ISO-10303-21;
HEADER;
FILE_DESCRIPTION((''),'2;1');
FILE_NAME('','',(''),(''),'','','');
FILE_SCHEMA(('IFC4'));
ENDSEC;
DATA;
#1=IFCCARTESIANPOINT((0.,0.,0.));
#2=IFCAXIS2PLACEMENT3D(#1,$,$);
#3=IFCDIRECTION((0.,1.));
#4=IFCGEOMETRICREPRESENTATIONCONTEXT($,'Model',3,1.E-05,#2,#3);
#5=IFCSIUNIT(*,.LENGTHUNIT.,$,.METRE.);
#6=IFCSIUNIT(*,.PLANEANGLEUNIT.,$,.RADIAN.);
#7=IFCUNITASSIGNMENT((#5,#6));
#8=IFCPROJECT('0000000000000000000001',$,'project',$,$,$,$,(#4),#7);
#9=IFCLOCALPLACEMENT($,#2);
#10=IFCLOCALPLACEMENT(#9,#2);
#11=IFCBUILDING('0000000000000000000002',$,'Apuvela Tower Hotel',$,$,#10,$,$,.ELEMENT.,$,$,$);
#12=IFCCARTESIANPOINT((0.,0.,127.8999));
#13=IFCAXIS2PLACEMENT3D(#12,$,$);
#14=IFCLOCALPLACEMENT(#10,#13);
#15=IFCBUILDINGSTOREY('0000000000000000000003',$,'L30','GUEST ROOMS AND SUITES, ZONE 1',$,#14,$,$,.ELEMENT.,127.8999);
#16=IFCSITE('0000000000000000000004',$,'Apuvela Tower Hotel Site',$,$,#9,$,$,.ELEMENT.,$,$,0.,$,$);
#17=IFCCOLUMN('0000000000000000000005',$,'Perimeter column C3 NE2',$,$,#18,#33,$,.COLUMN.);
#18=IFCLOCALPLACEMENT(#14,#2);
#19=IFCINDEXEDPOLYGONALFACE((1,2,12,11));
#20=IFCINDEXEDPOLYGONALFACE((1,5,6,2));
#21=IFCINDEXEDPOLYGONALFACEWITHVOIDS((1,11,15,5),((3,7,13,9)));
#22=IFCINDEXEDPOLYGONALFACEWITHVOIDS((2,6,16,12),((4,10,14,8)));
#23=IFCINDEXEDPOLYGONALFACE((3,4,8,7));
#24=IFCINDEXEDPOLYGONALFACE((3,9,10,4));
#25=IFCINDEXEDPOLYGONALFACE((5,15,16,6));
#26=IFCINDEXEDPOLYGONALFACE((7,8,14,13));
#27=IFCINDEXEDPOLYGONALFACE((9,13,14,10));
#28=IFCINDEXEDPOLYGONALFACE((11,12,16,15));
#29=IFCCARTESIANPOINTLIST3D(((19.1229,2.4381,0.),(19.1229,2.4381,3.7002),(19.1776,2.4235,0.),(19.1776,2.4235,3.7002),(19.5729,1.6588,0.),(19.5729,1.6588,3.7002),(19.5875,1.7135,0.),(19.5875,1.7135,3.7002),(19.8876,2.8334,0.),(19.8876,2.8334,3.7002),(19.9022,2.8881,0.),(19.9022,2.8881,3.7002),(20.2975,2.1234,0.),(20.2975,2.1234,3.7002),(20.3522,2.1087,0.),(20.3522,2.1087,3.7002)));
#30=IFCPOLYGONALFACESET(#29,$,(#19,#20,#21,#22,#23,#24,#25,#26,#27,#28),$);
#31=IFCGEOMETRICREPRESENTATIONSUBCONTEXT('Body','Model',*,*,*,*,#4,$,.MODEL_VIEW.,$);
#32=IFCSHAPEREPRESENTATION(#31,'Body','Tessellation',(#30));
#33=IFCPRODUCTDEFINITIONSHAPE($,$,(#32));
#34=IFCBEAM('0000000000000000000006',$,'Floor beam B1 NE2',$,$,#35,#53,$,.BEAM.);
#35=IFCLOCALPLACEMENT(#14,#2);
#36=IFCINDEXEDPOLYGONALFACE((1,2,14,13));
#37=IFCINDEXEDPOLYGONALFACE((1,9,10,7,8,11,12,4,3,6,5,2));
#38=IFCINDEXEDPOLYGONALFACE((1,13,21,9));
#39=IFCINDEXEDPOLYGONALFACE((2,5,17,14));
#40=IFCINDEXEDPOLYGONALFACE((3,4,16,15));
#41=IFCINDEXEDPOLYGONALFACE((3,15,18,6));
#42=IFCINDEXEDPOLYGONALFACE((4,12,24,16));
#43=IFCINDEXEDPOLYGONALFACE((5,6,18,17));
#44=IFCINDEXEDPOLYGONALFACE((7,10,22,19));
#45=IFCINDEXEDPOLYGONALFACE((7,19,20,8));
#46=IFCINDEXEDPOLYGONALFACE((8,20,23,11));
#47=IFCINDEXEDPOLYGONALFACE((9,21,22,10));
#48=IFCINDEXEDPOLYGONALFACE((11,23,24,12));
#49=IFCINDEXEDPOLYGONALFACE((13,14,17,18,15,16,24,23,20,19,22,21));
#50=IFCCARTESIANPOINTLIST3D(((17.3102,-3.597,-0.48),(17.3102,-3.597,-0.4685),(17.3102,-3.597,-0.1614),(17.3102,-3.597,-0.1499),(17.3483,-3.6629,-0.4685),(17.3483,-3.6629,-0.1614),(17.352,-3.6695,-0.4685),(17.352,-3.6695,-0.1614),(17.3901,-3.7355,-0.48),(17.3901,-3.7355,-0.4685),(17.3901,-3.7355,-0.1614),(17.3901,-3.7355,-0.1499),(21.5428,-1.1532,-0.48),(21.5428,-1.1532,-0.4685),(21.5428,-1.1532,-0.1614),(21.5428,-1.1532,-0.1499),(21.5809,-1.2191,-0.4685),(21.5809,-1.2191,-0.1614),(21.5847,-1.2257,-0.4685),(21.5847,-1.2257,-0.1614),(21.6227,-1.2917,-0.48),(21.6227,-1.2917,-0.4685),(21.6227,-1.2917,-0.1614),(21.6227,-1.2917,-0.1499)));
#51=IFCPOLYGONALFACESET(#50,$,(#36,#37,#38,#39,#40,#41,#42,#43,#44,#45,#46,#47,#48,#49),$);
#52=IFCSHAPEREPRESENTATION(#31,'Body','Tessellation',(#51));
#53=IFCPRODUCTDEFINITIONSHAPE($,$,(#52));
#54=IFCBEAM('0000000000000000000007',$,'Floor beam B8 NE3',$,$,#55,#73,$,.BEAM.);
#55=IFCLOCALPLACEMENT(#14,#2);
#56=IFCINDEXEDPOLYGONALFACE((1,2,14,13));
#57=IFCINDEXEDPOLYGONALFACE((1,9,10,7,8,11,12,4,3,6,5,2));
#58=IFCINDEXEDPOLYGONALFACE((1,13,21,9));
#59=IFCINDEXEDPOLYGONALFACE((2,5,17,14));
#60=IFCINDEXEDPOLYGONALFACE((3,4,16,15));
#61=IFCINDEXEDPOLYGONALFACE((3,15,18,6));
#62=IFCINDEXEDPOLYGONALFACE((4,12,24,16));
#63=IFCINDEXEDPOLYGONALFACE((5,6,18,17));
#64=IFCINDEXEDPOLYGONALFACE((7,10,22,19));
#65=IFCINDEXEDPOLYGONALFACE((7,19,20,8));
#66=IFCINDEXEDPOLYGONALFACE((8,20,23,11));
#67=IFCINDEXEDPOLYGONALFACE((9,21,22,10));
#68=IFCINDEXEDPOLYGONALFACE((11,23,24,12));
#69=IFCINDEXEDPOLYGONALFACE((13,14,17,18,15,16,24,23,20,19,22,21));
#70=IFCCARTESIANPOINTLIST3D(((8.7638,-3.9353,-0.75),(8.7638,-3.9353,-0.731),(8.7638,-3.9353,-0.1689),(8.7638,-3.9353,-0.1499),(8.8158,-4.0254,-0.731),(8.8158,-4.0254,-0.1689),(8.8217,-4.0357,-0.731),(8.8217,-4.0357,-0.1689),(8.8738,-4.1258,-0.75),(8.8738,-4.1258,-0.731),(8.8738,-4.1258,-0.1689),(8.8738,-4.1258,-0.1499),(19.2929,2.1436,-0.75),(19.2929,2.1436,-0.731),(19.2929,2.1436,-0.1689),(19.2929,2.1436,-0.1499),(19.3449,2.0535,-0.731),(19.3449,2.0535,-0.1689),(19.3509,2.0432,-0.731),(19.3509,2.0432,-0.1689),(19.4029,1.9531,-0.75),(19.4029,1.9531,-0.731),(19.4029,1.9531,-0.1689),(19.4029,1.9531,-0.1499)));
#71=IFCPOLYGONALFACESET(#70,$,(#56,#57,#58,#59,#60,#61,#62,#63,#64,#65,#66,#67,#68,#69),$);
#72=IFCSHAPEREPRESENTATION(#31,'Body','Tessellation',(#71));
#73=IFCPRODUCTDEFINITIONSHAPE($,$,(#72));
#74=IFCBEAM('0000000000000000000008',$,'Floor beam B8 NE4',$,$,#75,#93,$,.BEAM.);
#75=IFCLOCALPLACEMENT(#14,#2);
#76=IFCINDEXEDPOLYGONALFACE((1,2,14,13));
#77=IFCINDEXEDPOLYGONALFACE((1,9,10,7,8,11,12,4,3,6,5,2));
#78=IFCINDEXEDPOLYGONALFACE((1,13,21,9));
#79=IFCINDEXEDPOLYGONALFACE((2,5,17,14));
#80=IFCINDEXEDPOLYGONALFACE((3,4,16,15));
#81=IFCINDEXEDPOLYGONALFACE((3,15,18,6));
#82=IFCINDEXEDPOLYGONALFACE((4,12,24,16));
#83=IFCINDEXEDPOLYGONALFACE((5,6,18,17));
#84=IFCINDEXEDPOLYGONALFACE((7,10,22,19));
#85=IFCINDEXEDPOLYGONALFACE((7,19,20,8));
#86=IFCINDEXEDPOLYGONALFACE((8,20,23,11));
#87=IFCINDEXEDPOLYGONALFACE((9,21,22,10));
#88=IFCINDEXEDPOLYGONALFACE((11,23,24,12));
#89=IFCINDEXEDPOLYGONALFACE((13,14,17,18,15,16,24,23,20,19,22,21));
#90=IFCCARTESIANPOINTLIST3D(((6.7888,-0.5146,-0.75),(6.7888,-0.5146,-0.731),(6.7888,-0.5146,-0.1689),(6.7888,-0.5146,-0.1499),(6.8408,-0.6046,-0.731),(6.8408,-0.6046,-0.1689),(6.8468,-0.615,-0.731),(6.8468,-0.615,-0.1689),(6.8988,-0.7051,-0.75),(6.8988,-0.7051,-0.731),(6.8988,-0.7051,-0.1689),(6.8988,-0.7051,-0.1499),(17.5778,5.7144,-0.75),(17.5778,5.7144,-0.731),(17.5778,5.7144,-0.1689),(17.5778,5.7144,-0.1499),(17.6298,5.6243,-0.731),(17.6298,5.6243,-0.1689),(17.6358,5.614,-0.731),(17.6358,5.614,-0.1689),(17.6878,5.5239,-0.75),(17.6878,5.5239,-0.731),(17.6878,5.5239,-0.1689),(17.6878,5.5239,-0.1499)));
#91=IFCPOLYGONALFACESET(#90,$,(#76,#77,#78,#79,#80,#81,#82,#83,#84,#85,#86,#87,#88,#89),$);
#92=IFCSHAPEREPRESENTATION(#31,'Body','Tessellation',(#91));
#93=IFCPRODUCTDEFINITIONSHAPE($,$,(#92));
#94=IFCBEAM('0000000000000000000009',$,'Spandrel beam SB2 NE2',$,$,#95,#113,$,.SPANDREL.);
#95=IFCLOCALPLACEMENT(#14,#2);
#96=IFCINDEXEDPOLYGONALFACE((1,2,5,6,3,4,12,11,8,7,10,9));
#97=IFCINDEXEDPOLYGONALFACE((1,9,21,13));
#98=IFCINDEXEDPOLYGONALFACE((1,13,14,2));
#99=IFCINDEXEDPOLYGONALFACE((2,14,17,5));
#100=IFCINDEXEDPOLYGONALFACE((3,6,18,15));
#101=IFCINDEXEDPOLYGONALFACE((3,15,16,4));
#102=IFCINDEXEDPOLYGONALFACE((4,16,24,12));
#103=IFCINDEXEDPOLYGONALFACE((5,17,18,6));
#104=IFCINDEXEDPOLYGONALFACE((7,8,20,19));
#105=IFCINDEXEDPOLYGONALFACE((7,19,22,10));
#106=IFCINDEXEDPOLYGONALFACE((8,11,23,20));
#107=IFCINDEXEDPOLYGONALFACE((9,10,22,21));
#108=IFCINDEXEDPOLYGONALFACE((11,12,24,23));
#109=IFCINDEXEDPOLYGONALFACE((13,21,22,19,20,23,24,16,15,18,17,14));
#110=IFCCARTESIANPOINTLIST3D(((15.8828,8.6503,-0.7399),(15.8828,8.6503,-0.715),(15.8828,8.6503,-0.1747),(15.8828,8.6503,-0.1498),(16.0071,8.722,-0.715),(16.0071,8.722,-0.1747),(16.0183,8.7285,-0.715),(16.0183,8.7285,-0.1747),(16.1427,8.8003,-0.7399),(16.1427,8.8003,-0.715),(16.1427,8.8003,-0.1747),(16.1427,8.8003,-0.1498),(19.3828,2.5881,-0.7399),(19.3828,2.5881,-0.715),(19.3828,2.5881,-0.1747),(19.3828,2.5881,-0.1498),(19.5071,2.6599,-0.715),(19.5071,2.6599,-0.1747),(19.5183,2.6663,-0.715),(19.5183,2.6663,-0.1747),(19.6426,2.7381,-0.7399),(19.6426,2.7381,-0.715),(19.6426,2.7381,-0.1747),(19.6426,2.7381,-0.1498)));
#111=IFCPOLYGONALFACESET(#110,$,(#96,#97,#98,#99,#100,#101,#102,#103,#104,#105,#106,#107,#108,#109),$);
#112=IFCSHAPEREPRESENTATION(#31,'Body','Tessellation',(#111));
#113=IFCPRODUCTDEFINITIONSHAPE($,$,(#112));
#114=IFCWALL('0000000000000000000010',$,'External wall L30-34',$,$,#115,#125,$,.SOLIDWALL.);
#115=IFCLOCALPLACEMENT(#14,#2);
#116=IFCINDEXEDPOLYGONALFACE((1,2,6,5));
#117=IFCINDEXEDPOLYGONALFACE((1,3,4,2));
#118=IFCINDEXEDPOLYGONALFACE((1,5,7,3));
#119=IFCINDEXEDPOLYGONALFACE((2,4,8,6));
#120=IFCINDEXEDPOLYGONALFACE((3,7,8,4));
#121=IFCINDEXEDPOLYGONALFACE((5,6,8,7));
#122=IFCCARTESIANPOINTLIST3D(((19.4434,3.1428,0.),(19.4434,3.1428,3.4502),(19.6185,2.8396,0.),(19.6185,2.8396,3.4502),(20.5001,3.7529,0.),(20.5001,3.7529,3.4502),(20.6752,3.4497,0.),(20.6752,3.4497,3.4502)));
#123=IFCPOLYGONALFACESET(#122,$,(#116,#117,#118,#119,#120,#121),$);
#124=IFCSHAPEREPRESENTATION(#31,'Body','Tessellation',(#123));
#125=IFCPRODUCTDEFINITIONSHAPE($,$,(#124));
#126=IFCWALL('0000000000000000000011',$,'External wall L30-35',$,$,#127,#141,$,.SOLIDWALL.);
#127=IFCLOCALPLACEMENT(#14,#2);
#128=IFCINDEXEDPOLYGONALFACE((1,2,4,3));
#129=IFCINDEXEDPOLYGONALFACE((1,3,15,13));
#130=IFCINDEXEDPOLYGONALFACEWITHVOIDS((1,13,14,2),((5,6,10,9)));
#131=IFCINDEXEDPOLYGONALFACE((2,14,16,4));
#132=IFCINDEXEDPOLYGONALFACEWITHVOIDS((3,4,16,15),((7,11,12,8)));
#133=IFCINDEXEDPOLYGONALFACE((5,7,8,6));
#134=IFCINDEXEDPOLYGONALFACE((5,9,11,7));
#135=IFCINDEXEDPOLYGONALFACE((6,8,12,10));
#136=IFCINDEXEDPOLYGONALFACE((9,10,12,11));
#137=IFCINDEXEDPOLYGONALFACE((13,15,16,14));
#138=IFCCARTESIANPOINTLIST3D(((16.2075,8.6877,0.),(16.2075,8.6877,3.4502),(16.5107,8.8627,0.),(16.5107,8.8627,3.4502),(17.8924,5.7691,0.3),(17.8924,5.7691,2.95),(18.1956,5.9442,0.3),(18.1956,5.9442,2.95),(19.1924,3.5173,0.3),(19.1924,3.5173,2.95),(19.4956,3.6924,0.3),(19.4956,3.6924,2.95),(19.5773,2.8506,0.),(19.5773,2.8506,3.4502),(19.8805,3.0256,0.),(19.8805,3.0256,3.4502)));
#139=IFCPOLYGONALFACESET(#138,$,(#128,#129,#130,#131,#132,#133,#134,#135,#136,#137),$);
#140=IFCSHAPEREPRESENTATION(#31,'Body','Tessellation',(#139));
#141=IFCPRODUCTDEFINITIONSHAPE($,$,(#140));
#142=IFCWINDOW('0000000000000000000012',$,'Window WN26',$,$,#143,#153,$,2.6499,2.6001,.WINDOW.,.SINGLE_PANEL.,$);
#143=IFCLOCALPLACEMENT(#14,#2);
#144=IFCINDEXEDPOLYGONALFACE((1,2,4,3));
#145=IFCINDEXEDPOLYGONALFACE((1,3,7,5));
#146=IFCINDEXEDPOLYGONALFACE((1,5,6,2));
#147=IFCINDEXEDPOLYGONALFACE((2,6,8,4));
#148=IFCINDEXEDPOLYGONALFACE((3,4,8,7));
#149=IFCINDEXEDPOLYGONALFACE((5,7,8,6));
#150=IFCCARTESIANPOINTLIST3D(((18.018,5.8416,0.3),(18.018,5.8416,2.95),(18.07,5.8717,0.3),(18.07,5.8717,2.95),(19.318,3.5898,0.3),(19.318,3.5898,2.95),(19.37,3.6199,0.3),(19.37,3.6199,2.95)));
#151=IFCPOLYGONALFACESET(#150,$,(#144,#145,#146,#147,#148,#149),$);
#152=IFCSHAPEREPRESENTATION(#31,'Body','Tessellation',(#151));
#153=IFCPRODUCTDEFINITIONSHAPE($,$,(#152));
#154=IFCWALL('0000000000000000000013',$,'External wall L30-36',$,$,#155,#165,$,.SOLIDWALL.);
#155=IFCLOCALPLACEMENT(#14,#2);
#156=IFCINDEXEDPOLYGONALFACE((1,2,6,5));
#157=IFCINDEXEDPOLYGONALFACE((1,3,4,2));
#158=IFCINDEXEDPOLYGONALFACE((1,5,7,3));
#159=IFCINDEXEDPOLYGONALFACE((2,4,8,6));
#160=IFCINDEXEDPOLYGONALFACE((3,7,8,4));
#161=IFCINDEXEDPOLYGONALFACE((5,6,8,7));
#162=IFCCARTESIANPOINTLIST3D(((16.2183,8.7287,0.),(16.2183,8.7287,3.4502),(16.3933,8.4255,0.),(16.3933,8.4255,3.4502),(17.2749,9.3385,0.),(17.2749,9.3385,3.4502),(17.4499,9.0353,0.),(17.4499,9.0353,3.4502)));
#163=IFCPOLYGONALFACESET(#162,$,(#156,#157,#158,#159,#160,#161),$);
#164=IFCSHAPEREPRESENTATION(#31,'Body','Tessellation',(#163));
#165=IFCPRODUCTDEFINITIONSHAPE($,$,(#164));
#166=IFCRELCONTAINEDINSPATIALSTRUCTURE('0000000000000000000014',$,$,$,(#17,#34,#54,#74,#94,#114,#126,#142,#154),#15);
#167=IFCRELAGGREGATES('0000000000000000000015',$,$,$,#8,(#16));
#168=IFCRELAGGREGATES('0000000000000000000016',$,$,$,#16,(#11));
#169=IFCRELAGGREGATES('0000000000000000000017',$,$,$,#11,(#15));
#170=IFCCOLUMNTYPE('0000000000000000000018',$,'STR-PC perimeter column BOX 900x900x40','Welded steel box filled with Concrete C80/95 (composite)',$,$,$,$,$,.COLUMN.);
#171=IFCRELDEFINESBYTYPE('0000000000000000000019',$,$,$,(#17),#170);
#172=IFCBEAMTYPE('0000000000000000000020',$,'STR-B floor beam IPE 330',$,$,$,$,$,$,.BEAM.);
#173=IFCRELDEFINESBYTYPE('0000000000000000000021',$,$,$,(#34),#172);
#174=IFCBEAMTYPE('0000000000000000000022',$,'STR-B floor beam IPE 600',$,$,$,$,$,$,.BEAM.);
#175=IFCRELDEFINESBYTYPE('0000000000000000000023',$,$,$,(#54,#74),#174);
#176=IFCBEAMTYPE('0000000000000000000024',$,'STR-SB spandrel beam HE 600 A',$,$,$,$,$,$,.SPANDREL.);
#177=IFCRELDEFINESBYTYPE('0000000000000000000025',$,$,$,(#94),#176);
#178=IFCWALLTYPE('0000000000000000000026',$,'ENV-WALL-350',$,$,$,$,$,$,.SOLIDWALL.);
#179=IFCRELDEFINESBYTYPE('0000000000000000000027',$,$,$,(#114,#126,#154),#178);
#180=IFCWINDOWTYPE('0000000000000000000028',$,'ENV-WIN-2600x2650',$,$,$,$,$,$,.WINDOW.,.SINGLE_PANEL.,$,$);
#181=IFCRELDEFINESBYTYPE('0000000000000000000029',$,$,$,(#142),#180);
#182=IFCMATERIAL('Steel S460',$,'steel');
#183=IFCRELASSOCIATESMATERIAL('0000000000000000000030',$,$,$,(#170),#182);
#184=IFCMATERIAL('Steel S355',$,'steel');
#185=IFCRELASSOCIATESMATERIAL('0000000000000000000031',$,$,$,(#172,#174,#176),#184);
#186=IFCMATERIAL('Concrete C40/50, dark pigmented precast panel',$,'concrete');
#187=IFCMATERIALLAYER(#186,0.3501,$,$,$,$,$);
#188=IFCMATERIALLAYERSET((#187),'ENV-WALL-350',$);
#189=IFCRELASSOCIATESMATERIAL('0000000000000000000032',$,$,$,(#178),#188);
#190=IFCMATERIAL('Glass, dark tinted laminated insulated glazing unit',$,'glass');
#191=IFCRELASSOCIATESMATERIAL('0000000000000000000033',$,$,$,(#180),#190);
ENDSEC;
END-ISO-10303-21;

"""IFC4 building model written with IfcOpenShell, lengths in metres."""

from ifc_helpers import new_model, si_unit, direction, frame, frame_2d, origin, origin_2d, place, context, subcontext, project, spatial, rectangle, hollow_rectangle, i_section, extrude, material, layer, layer_set, material_profile, profile_set, type_object, element, fill, save


model = new_model("IFC4")

# Units and contexts
model_context = context("Model", 3, precision=1e-05, world=origin(), true_north=direction((0.0, 1.0)))
body_context = subcontext(model_context, "Body", "Model", "MODEL_VIEW")
ifc_project = project(units=[si_unit("LENGTHUNIT", "METRE"), si_unit("PLANEANGLEUNIT", "RADIAN")], contexts=[model_context])

# Site, building, storey
site_placement = place(None, origin())
site = spatial("IfcSite", under=ifc_project, at=site_placement, Name="Apuvela Tower Hotel Site", CompositionType="ELEMENT", RefElevation=0.0)
building_placement = place(site_placement, origin())
building = spatial("IfcBuilding", under=site, at=building_placement, Name="Apuvela Tower Hotel", CompositionType="ELEMENT")
storey_placement = place(building_placement, frame((0.0, 0.0, 127.8999)))
storey = spatial("IfcBuildingStorey", under=building, at=storey_placement, Name="L30", Description="GUEST ROOMS AND SUITES, ZONE 1", CompositionType="ELEMENT", Elevation=127.8999)

# Column
ifc_material_1 = material(Name="Steel S460", Category="steel")
ifc_material_profile_1 = material_profile(ifc_material_1, hollow_rectangle(XDim=0.8999, YDim=0.8999, WallThickness=0.04, at=origin_2d()), Name="BOX 900x900x40")
ifc_material_2 = material(Name="Concrete C80/95", Category="concrete")
ifc_material_profile_2 = material_profile(ifc_material_2, rectangle(XDim=0.8201, YDim=0.8201, at=origin_2d()), Name="Concrete C80/95 infill")
ifc_profile_set_1 = profile_set([ifc_material_profile_1, ifc_material_profile_2], Name="Steel S460")
column_type = type_object("IfcColumnType", Name="STR-PC perimeter column BOX 900x900x40", Description="Welded steel box filled with Concrete C80/95 (composite)", PredefinedType="COLUMN", material=ifc_profile_set_1)
column_placement = place(storey_placement, frame((19.7375, 2.2734, 0.0), z_axis=(0.0, 0.0, 1.0), x_axis=(-0.5, 0.866025, 0.0)))
element("IfcColumn", 1, at=column_placement, inside=storey, type_object=column_type, Name="Perimeter column C3 NE2", PredefinedType="COLUMN", context=body_context, shape_type="SweptSolid", body=[
    extrude(hollow_rectangle(XDim=0.8999, YDim=0.8999, WallThickness=0.04, at=origin_2d()), origin(), (0.0, 0.0, 1.0), 3.7002),
])

# Beams
ifc_material_3 = material(Name="Steel S355", Category="steel")
ifc_material_profile_3 = material_profile(ifc_material_3, i_section(OverallWidth=0.1599, OverallDepth=0.3301, WebThickness=0.0076, FlangeThickness=0.0115, at=origin_2d()), Name="IPE 330")
ifc_profile_set_2 = profile_set([ifc_material_profile_3], Name="Steel S355")
beam_type_1 = type_object("IfcBeamType", Name="STR-B floor beam IPE 330", PredefinedType="BEAM", material=ifc_profile_set_2)
beam_1_placement = place(storey_placement, frame((21.5828, -1.2224, -0.3149), z_axis=(-0.866015, -0.500018, 0.0), x_axis=(0.500018, -0.866015, 0.0)))
element("IfcBeam", 2, at=beam_1_placement, inside=storey, type_object=beam_type_1, Name="Floor beam B1 NE2", PredefinedType="BEAM", context=body_context, shape_type="SweptSolid", body=[
    extrude(i_section(OverallWidth=0.1599, OverallDepth=0.3301, WebThickness=0.0076, FlangeThickness=0.0115, at=origin_2d()), origin(), (0.0, 0.0, 1.0), 4.8875),
])
ifc_material_profile_4 = material_profile(ifc_material_3, i_section(OverallWidth=0.22, OverallDepth=0.6001, WebThickness=0.012, FlangeThickness=0.019, at=origin_2d()), Name="IPE 600")
ifc_profile_set_3 = profile_set([ifc_material_profile_4], Name="Steel S355")
beam_type_2 = type_object("IfcBeamType", Name="STR-B floor beam IPE 600", PredefinedType="BEAM", material=ifc_profile_set_3)
beam_2_placement = place(storey_placement, frame((19.3479, 2.0483, -0.45), z_axis=(-0.866029, -0.499994, 0.0), x_axis=(0.499994, -0.866029, 0.0)))
element("IfcBeam", 3, at=beam_2_placement, inside=storey, type_object=beam_type_2, Name="Floor beam B8 NE3", PredefinedType="BEAM", context=body_context, shape_type="SweptSolid", body=[
    extrude(i_section(OverallWidth=0.22, OverallDepth=0.6001, WebThickness=0.012, FlangeThickness=0.019, at=origin_2d()), origin(), (0.0, 0.0, 1.0), 12.158),
])
beam_3_placement = place(storey_placement, frame((17.6328, 5.6191, -0.45), z_axis=(-0.866028, -0.499996, 0.0), x_axis=(0.499996, -0.866028, 0.0)))
element("IfcBeam", 4, at=beam_3_placement, inside=storey, type_object=beam_type_2, Name="Floor beam B8 NE4", PredefinedType="BEAM", context=body_context, shape_type="SweptSolid", body=[
    extrude(i_section(OverallWidth=0.22, OverallDepth=0.6001, WebThickness=0.012, FlangeThickness=0.019, at=origin_2d()), origin(), (0.0, 0.0, 1.0), 12.458),
])
ifc_material_profile_5 = material_profile(ifc_material_3, i_section(OverallWidth=0.3, OverallDepth=0.5901, WebThickness=0.0129, FlangeThickness=0.0249, at=origin_2d()), Name="HE 600 A")
ifc_profile_set_4 = profile_set([ifc_material_profile_5], Name="Steel S355")
beam_type_3 = type_object("IfcBeamType", Name="STR-SB spandrel beam HE 600 A", PredefinedType="SPANDREL", material=ifc_profile_set_4)
beam_4_placement = place(storey_placement, frame((19.5127, 2.6631, -0.4448), z_axis=(-0.499995, 0.866028, 0.0), x_axis=(-0.866028, -0.499995, 0.0)))
element("IfcBeam", 5, at=beam_4_placement, inside=storey, type_object=beam_type_3, Name="Spandrel beam SB2 NE2", PredefinedType="SPANDREL", context=body_context, shape_type="SweptSolid", body=[
    extrude(i_section(OverallWidth=0.3, OverallDepth=0.5901, WebThickness=0.0129, FlangeThickness=0.0249, at=origin_2d()), origin(), (0.0, 0.0, 1.0), 7.0),
])

# Wall
ifc_material_4 = material(Name="Concrete C40/50, dark pigmented precast panel", Category="concrete")
ifc_layer_1 = layer(ifc_material_4, 0.3501)
ifc_layer_set_1 = layer_set([ifc_layer_1], Name="ENV-WALL-350")
wall_type_1 = type_object("IfcWallType", Name="ENV-WALL-350", PredefinedType="SOLIDWALL", material=ifc_layer_set_1)
wall_1_placement = place(storey_placement, frame((20.5876, 3.6013, 0.0), z_axis=(0.0, 0.0, 1.0), x_axis=(-0.866006, -0.500034, 0.0)))
element("IfcWall", 6, at=wall_1_placement, inside=storey, type_object=wall_type_1, Name="External wall L30-34", PredefinedType="SOLIDWALL", context=body_context, shape_type="SweptSolid", body=[
    extrude(rectangle(XDim=1.2202, YDim=0.3501, at=frame_2d((0.6101, 0.0))), origin(), (0.0, 0.0, 1.0), 3.4502),
])

# Wall, opening, window
wall_2_placement = place(storey_placement, frame((19.729, 2.938, 0.0), z_axis=(0.0, 0.0, 1.0), x_axis=(-0.499976, 0.866039, 0.0)))
wall_2 = element("IfcWall", 7, at=wall_2_placement, inside=storey, type_object=wall_type_1, Name="External wall L30-35", PredefinedType="SOLIDWALL", context=body_context, shape_type="SweptSolid", body=[
    extrude(rectangle(XDim=6.74, YDim=0.3501, at=frame_2d((3.3701, 0.0))), origin(), (0.0, 0.0, 1.0), 3.4502),
])
opening_1_placement = place(wall_2_placement, frame((0.77, 0.0, 0.3)))
opening_1 = element("IfcOpeningElement", 8, at=opening_1_placement, cuts=wall_2, PredefinedType="OPENING", context=body_context, shape_type="SweptSolid", body=[
    extrude(rectangle(XDim=2.6001, YDim=2.6499, at=frame_2d((1.3, 1.325))), frame((0.0, 0.1851, 0.0), z_axis=(0.0, -1.0, 0.0), x_axis=(1.0, 0.0, 0.0)), (0.0, 0.0, 1.0), 0.3701),
])
ifc_material_5 = material(Name="Glass, dark tinted laminated insulated glazing unit", Category="glass")
window_type_1 = type_object("IfcWindowType", Name="ENV-WIN-2600x2650", PartitioningType="SINGLE_PANEL", PredefinedType="WINDOW", material=ifc_material_5)
window_1_placement = place(opening_1_placement, origin())
window_1 = element("IfcWindow", 9, at=window_1_placement, inside=storey, type_object=window_type_1, Name="Window WN26", OverallHeight=2.6499, OverallWidth=2.6001, PartitioningType="SINGLE_PANEL", PredefinedType="WINDOW", context=body_context, shape_type="SweptSolid", body=[
    extrude(rectangle(XDim=2.6001, YDim=2.6499, at=frame_2d((1.3, 1.325))), frame((0.0, 0.03, 0.0), z_axis=(0.0, -1.0, 0.0), x_axis=(1.0, 0.0, 0.0)), (0.0, 0.0, 1.0), 0.0601),
])
fill(opening_1, window_1)

# Wall
wall_3_placement = place(storey_placement, frame((16.3059, 8.5771, 0.0), z_axis=(0.0, 0.0, 1.0), x_axis=(0.866092, 0.499884, 0.0)))
element("IfcWall", 10, at=wall_3_placement, inside=storey, type_object=wall_type_1, Name="External wall L30-36", PredefinedType="SOLIDWALL", context=body_context, shape_type="SweptSolid", body=[
    extrude(rectangle(XDim=1.22, YDim=0.3501, at=frame_2d((0.6099, 0.0))), origin(), (0.0, 0.0, 1.0), 3.4502),
])

save(model, "model.ifc")
